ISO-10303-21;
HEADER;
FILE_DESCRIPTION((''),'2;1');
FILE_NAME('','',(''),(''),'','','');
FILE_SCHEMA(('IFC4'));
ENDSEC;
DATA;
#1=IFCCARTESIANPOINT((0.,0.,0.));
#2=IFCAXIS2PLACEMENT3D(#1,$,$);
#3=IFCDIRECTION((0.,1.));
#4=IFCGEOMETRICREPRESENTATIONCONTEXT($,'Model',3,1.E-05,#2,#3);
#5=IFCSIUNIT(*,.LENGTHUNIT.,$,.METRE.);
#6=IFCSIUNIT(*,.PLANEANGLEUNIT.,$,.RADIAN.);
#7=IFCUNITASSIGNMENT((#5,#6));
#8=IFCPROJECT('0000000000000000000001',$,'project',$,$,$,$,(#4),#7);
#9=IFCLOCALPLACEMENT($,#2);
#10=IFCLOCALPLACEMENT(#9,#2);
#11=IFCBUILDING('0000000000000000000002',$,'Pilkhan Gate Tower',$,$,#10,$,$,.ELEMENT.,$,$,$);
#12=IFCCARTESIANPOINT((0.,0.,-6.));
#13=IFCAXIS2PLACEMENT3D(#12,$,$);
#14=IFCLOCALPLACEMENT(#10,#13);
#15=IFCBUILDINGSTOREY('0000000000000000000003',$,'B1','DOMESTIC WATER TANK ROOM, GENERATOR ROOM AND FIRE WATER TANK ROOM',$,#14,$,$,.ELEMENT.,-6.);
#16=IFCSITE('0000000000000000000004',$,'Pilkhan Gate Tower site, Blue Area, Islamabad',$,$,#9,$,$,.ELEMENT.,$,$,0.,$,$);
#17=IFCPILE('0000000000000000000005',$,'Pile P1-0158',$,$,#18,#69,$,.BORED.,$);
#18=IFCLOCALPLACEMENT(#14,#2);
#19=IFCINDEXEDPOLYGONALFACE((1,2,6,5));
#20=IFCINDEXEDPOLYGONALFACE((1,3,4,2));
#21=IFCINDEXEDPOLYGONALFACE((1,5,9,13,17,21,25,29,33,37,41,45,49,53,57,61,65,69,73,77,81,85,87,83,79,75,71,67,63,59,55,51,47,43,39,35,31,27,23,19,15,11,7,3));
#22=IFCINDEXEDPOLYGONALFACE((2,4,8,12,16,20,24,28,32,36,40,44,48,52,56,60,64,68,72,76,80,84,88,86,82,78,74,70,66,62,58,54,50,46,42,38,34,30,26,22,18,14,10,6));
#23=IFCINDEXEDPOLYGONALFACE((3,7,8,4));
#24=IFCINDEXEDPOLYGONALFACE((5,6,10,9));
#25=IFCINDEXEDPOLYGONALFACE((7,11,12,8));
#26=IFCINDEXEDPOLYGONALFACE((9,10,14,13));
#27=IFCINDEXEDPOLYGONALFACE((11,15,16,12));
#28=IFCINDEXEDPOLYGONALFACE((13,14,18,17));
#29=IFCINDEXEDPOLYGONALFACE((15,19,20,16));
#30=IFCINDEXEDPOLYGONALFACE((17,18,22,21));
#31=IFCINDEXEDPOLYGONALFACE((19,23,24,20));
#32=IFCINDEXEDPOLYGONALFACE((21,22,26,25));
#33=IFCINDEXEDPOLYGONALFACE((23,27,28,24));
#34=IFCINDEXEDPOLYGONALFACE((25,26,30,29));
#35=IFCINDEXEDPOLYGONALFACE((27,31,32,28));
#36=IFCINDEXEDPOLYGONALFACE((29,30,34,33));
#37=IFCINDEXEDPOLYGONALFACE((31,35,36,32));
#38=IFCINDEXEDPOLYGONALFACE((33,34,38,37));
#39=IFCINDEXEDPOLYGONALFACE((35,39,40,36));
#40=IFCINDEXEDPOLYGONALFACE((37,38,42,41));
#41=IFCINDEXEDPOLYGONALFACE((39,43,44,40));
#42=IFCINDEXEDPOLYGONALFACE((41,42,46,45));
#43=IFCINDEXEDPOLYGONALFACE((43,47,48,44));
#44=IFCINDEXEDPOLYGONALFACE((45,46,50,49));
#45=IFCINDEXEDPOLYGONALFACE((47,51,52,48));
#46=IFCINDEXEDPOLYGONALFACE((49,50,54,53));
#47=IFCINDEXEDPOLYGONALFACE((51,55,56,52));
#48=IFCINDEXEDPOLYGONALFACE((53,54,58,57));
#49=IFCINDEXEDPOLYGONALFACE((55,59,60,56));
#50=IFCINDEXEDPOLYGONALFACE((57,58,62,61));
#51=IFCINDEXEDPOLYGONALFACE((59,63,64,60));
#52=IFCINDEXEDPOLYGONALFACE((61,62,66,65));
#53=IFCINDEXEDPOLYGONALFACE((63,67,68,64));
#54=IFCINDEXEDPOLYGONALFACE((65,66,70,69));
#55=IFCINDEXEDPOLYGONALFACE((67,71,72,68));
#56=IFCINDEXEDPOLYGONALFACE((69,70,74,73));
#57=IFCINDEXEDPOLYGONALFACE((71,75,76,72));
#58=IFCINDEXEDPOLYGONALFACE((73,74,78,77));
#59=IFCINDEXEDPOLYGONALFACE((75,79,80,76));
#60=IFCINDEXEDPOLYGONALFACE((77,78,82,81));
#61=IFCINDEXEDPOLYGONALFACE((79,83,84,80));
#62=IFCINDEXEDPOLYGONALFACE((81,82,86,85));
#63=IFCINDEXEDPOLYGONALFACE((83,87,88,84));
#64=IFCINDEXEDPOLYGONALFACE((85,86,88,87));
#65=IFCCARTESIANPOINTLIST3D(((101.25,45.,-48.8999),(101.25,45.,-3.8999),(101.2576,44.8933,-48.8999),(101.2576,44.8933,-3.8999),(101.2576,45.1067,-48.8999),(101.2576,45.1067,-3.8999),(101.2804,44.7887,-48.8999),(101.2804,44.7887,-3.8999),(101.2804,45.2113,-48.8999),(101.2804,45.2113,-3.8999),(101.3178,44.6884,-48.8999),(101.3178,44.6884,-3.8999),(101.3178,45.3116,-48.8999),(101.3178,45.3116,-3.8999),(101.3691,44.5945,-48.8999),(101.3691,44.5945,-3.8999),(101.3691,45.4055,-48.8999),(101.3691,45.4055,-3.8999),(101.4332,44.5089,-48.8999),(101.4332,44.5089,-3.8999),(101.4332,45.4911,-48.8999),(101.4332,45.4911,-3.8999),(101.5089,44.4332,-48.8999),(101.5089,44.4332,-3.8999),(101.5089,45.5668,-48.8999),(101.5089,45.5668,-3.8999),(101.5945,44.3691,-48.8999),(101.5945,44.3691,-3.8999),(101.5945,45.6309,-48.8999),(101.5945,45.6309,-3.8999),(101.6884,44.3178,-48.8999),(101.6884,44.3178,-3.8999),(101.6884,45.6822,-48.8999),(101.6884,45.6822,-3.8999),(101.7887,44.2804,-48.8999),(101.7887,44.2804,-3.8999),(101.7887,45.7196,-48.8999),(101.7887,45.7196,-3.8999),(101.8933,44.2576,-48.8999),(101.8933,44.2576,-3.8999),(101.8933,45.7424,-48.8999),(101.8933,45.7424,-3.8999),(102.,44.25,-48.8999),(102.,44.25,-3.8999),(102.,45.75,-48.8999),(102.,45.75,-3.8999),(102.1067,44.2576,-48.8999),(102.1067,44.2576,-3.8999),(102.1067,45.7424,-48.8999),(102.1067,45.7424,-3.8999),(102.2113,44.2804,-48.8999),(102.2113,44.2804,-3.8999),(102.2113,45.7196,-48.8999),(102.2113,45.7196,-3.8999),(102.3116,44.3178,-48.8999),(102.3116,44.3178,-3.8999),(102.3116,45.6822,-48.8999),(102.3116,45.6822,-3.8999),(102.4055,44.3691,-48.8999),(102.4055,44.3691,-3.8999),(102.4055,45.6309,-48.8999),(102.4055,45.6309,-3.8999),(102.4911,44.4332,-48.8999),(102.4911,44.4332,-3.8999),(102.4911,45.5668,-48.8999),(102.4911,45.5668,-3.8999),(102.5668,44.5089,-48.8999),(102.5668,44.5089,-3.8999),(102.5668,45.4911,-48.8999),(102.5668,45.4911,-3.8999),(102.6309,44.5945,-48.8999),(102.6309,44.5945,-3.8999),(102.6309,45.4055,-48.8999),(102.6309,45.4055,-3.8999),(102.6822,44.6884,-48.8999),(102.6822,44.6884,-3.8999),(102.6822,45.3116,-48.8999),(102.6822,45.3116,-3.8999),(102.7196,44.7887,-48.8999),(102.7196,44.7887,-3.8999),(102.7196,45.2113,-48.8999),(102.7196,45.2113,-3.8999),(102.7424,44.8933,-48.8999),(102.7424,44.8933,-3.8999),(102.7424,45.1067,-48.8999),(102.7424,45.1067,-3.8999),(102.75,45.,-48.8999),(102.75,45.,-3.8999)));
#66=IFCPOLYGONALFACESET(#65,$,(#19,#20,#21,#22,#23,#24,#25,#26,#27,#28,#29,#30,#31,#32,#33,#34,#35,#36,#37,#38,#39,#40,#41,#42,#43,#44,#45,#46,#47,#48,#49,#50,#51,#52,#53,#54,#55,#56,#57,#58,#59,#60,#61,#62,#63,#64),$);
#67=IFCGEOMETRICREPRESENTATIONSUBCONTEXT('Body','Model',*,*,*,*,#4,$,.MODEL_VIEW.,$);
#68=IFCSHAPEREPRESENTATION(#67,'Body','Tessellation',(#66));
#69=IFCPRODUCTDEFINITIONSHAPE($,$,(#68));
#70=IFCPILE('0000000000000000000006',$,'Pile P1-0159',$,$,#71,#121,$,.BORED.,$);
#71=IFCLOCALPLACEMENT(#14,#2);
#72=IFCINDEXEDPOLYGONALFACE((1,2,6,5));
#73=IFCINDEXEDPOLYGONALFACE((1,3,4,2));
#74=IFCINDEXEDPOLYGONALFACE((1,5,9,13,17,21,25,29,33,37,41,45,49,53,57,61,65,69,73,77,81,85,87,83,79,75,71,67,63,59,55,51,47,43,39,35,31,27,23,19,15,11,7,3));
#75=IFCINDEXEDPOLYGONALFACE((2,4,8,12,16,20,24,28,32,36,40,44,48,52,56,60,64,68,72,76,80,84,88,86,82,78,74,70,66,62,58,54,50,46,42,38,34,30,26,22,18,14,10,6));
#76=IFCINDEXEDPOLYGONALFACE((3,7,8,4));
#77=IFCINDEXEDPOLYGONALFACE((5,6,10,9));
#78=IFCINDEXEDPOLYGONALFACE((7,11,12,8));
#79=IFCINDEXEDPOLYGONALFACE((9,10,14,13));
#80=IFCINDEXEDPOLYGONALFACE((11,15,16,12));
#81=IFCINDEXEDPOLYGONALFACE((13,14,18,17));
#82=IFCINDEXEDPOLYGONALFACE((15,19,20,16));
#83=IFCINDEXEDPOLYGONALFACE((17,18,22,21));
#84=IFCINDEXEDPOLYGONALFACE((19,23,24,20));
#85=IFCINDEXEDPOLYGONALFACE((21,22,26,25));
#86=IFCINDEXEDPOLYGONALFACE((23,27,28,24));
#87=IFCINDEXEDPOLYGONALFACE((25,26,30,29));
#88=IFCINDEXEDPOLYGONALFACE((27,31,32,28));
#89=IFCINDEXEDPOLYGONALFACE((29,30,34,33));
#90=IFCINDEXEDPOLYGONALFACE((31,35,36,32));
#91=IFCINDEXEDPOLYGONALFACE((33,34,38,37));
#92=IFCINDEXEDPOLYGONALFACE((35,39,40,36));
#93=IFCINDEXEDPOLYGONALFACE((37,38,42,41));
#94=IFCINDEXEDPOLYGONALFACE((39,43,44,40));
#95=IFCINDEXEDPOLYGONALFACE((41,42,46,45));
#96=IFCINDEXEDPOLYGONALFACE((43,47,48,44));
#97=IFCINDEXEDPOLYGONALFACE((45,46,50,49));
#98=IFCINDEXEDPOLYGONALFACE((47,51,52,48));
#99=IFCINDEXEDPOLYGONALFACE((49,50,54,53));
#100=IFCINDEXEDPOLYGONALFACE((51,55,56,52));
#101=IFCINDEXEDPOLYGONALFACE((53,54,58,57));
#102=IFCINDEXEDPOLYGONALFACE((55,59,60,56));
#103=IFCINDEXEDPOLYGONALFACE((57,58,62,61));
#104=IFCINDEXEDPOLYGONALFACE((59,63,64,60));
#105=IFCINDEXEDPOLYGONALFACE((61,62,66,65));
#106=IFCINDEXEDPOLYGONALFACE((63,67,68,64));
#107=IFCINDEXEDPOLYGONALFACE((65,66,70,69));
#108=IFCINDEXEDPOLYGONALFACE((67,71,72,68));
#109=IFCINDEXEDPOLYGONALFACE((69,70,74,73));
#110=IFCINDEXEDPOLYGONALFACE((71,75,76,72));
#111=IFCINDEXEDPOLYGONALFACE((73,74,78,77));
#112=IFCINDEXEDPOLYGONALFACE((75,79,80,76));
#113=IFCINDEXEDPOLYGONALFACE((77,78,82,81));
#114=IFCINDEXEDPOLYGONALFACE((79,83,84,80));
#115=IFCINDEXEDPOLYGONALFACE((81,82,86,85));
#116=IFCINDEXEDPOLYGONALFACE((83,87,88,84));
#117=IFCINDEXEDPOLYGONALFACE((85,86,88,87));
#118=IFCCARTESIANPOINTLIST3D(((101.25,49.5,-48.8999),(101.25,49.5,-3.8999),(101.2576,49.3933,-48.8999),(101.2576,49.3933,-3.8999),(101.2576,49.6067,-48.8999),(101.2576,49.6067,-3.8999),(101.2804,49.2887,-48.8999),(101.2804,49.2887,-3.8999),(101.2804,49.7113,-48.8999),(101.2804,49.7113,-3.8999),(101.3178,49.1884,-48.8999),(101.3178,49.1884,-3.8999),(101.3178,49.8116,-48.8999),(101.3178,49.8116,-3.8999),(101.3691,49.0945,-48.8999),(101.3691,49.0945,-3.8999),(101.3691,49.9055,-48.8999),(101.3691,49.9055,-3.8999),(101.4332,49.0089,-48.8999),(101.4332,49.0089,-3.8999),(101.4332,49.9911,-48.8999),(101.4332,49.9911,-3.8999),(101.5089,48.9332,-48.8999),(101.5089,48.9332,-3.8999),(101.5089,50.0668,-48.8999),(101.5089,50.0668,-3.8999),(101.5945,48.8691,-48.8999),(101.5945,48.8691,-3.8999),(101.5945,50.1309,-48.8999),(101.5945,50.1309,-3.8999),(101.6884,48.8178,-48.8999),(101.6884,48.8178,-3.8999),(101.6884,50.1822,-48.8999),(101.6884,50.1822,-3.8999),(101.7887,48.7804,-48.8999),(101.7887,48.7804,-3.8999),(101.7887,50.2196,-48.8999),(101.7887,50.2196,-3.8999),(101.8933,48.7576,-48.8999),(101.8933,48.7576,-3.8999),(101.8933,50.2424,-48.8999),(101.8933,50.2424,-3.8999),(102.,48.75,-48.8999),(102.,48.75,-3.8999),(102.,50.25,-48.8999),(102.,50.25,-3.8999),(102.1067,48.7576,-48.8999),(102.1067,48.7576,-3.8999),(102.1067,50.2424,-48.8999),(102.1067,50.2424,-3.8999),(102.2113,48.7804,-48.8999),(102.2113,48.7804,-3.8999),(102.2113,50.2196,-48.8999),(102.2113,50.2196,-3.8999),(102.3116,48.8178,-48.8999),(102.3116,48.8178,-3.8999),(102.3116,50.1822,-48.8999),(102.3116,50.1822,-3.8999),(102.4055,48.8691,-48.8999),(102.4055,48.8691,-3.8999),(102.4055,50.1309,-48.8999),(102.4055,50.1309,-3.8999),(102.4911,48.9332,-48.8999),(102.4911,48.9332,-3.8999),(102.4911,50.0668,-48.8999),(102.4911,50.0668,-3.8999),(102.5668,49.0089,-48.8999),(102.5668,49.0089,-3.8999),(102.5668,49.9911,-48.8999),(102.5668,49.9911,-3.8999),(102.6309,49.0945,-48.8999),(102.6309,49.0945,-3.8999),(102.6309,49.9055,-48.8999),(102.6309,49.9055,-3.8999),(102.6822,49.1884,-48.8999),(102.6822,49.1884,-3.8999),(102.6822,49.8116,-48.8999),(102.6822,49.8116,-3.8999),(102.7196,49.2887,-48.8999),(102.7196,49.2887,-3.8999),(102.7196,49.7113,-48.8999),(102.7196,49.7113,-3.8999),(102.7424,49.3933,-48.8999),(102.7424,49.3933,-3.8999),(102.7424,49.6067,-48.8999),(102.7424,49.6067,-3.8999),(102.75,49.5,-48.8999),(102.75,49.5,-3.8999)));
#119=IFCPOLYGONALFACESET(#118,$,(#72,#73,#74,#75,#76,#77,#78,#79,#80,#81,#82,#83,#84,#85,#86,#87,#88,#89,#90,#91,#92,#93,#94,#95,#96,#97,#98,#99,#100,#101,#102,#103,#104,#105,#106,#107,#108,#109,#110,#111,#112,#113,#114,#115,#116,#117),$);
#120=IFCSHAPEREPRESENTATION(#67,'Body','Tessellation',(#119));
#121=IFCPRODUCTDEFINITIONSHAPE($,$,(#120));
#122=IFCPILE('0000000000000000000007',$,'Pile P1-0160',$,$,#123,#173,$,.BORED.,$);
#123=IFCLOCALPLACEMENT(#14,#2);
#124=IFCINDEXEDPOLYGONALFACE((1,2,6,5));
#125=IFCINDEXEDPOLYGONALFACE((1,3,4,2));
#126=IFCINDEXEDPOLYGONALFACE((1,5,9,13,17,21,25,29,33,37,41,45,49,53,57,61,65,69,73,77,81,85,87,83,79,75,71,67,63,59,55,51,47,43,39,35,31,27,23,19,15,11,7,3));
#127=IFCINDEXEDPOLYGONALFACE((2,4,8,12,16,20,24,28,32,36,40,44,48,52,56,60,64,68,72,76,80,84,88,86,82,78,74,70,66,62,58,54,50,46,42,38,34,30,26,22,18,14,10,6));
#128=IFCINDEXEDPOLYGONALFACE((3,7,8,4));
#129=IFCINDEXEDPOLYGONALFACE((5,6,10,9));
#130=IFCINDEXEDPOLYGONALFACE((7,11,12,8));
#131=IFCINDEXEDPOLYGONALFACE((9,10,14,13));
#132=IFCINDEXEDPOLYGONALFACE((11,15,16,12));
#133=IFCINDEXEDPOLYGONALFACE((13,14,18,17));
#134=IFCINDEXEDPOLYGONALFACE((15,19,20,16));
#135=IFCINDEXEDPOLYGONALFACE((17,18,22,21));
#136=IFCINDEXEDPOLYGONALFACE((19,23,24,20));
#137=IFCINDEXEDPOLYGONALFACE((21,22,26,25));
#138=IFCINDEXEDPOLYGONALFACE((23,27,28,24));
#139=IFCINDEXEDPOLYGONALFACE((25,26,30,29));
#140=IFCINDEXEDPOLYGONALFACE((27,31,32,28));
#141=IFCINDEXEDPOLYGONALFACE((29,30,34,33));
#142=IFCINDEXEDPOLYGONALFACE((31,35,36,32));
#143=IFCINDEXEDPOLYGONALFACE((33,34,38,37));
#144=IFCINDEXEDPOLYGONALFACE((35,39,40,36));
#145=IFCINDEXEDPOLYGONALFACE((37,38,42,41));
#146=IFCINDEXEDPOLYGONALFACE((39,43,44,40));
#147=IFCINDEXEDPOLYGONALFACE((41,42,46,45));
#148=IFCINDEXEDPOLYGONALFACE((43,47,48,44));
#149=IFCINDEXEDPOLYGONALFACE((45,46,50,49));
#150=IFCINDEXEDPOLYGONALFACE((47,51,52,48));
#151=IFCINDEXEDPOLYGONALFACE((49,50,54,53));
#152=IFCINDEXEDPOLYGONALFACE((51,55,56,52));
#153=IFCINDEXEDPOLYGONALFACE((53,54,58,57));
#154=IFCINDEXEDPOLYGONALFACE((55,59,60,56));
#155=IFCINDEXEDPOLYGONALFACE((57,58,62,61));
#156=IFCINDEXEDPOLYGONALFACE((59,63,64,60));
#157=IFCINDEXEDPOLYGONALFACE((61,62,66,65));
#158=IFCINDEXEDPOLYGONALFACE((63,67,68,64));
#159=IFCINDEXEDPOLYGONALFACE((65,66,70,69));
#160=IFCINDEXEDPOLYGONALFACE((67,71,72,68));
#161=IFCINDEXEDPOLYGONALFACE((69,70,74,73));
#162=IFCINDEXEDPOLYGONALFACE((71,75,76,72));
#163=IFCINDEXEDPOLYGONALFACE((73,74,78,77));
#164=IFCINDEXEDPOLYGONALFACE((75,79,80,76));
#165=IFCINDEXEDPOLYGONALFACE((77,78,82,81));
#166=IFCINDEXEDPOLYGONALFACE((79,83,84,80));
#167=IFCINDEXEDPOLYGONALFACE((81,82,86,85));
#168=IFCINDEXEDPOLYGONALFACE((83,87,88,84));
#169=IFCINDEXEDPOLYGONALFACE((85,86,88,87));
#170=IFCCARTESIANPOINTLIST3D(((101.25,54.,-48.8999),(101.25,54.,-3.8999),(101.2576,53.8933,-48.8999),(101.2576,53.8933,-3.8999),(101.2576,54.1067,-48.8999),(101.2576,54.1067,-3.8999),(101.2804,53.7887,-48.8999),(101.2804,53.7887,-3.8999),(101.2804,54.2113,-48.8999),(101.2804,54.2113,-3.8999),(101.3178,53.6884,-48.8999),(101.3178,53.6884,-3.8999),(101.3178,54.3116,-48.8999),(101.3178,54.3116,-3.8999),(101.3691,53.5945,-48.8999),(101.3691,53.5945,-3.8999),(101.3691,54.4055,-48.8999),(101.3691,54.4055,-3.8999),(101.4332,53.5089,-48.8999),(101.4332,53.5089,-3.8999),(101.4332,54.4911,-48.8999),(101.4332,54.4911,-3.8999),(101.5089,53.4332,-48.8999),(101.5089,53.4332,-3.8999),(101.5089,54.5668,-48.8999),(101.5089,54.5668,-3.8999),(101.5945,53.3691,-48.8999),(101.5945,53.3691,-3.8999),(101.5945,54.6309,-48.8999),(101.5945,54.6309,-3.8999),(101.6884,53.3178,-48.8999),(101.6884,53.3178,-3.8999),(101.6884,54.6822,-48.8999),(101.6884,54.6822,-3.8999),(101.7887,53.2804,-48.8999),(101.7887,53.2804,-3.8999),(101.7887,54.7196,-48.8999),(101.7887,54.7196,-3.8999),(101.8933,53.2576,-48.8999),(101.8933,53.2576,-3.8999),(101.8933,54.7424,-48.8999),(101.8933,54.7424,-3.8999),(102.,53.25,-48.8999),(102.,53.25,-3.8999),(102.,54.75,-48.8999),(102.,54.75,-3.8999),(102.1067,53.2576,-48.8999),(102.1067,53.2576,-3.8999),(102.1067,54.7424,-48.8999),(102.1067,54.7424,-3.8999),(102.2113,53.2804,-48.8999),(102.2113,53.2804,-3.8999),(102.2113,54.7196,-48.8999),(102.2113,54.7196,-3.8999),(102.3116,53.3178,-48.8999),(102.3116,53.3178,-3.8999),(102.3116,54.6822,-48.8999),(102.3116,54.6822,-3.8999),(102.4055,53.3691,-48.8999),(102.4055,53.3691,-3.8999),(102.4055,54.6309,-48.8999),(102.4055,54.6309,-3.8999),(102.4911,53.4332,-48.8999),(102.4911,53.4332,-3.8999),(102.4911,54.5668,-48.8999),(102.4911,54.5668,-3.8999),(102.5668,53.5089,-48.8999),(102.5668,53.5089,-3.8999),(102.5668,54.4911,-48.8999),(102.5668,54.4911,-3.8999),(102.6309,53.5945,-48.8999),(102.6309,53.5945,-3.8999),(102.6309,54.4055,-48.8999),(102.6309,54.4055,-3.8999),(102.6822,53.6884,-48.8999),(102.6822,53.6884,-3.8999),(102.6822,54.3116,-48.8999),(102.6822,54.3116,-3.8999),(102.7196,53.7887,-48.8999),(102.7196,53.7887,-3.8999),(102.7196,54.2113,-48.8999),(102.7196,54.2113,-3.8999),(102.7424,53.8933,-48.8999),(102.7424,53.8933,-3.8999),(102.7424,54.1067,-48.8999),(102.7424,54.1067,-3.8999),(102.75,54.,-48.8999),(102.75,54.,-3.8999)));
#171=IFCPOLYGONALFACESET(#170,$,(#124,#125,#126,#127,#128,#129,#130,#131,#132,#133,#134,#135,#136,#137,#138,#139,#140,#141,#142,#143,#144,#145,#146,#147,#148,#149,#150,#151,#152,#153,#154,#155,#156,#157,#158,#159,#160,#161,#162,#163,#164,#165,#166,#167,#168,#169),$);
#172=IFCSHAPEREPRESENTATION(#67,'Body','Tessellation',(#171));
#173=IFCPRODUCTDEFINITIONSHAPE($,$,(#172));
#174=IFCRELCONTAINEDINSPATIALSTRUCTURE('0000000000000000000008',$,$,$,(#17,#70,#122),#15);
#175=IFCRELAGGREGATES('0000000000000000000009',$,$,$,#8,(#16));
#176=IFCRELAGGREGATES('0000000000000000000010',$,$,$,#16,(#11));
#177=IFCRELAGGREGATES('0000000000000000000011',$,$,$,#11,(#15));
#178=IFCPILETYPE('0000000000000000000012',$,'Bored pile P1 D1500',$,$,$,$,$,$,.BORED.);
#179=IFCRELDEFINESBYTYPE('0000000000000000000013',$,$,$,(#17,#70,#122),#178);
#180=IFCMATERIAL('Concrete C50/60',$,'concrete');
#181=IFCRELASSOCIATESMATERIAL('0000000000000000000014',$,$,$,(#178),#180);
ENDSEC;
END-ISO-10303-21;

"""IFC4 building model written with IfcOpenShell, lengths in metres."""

from ifc_helpers import new_model, si_unit, direction, frame, origin, origin_2d, place, context, subcontext, project, spatial, circle, extrude, material, material_profile, profile_set, type_object, element, save


model = new_model("IFC4")

# Units and contexts
model_context = context("Model", 3, precision=1e-05, world=origin(), true_north=direction((0.0, 1.0)))
body_context = subcontext(model_context, "Body", "Model", "MODEL_VIEW")
ifc_project = project(units=[si_unit("LENGTHUNIT", "METRE"), si_unit("PLANEANGLEUNIT", "RADIAN")], contexts=[model_context])

# Site, building, storey
site_placement = place(None, origin())
site = spatial("IfcSite", under=ifc_project, at=site_placement, Name="Pilkhan Gate Tower site, Blue Area, Islamabad", CompositionType="ELEMENT", RefElevation=0.0)
building_placement = place(site_placement, origin())
building = spatial("IfcBuilding", under=site, at=building_placement, Name="Pilkhan Gate Tower", CompositionType="ELEMENT")
storey_placement = place(building_placement, frame((0.0, 0.0, -6.0)))
storey = spatial("IfcBuildingStorey", under=building, at=storey_placement, Name="B1", Description="DOMESTIC WATER TANK ROOM, GENERATOR ROOM AND FIRE WATER TANK ROOM", CompositionType="ELEMENT", Elevation=-6.0)

# Piles
ifc_material_1 = material(Name="Concrete C50/60", Category="concrete")
ifc_material_profile_1 = material_profile(ifc_material_1, circle(Radius=0.75, at=origin_2d()), Name="Bored pile 1500 dia")
ifc_profile_set_1 = profile_set([ifc_material_profile_1], Name="Concrete C50/60")
pile_type = type_object("IfcPileType", Name="Bored pile P1 D1500", PredefinedType="BORED", material=ifc_profile_set_1)
for number, where, z_axis, x_axis, name in (
    (1, (102.0, 45.0, -3.8999), (0.0, 0.0, -1.0), (1.0, 0.0, 0.0), "Pile P1-0158"),
    (2, (102.0, 49.5, -3.8999), (0.0, 0.0, -1.0), (1.0, 0.0, 0.0), "Pile P1-0159"),
    (3, (102.0, 54.0, -3.8999), (0.0, 0.0, -1.0), (1.0, 0.0, 0.0), "Pile P1-0160"),
):
    element("IfcPile", number, at=place(storey_placement, frame(where, z_axis=z_axis, x_axis=x_axis)), inside=storey, type_object=pile_type, Name=name, PredefinedType="BORED", context=body_context, shape_type="SweptSolid", body=[
        extrude(circle(Radius=0.75, at=origin_2d()), origin(), (0.0, 0.0, 1.0), 45.0),
    ])

save(model, "model.ifc")
